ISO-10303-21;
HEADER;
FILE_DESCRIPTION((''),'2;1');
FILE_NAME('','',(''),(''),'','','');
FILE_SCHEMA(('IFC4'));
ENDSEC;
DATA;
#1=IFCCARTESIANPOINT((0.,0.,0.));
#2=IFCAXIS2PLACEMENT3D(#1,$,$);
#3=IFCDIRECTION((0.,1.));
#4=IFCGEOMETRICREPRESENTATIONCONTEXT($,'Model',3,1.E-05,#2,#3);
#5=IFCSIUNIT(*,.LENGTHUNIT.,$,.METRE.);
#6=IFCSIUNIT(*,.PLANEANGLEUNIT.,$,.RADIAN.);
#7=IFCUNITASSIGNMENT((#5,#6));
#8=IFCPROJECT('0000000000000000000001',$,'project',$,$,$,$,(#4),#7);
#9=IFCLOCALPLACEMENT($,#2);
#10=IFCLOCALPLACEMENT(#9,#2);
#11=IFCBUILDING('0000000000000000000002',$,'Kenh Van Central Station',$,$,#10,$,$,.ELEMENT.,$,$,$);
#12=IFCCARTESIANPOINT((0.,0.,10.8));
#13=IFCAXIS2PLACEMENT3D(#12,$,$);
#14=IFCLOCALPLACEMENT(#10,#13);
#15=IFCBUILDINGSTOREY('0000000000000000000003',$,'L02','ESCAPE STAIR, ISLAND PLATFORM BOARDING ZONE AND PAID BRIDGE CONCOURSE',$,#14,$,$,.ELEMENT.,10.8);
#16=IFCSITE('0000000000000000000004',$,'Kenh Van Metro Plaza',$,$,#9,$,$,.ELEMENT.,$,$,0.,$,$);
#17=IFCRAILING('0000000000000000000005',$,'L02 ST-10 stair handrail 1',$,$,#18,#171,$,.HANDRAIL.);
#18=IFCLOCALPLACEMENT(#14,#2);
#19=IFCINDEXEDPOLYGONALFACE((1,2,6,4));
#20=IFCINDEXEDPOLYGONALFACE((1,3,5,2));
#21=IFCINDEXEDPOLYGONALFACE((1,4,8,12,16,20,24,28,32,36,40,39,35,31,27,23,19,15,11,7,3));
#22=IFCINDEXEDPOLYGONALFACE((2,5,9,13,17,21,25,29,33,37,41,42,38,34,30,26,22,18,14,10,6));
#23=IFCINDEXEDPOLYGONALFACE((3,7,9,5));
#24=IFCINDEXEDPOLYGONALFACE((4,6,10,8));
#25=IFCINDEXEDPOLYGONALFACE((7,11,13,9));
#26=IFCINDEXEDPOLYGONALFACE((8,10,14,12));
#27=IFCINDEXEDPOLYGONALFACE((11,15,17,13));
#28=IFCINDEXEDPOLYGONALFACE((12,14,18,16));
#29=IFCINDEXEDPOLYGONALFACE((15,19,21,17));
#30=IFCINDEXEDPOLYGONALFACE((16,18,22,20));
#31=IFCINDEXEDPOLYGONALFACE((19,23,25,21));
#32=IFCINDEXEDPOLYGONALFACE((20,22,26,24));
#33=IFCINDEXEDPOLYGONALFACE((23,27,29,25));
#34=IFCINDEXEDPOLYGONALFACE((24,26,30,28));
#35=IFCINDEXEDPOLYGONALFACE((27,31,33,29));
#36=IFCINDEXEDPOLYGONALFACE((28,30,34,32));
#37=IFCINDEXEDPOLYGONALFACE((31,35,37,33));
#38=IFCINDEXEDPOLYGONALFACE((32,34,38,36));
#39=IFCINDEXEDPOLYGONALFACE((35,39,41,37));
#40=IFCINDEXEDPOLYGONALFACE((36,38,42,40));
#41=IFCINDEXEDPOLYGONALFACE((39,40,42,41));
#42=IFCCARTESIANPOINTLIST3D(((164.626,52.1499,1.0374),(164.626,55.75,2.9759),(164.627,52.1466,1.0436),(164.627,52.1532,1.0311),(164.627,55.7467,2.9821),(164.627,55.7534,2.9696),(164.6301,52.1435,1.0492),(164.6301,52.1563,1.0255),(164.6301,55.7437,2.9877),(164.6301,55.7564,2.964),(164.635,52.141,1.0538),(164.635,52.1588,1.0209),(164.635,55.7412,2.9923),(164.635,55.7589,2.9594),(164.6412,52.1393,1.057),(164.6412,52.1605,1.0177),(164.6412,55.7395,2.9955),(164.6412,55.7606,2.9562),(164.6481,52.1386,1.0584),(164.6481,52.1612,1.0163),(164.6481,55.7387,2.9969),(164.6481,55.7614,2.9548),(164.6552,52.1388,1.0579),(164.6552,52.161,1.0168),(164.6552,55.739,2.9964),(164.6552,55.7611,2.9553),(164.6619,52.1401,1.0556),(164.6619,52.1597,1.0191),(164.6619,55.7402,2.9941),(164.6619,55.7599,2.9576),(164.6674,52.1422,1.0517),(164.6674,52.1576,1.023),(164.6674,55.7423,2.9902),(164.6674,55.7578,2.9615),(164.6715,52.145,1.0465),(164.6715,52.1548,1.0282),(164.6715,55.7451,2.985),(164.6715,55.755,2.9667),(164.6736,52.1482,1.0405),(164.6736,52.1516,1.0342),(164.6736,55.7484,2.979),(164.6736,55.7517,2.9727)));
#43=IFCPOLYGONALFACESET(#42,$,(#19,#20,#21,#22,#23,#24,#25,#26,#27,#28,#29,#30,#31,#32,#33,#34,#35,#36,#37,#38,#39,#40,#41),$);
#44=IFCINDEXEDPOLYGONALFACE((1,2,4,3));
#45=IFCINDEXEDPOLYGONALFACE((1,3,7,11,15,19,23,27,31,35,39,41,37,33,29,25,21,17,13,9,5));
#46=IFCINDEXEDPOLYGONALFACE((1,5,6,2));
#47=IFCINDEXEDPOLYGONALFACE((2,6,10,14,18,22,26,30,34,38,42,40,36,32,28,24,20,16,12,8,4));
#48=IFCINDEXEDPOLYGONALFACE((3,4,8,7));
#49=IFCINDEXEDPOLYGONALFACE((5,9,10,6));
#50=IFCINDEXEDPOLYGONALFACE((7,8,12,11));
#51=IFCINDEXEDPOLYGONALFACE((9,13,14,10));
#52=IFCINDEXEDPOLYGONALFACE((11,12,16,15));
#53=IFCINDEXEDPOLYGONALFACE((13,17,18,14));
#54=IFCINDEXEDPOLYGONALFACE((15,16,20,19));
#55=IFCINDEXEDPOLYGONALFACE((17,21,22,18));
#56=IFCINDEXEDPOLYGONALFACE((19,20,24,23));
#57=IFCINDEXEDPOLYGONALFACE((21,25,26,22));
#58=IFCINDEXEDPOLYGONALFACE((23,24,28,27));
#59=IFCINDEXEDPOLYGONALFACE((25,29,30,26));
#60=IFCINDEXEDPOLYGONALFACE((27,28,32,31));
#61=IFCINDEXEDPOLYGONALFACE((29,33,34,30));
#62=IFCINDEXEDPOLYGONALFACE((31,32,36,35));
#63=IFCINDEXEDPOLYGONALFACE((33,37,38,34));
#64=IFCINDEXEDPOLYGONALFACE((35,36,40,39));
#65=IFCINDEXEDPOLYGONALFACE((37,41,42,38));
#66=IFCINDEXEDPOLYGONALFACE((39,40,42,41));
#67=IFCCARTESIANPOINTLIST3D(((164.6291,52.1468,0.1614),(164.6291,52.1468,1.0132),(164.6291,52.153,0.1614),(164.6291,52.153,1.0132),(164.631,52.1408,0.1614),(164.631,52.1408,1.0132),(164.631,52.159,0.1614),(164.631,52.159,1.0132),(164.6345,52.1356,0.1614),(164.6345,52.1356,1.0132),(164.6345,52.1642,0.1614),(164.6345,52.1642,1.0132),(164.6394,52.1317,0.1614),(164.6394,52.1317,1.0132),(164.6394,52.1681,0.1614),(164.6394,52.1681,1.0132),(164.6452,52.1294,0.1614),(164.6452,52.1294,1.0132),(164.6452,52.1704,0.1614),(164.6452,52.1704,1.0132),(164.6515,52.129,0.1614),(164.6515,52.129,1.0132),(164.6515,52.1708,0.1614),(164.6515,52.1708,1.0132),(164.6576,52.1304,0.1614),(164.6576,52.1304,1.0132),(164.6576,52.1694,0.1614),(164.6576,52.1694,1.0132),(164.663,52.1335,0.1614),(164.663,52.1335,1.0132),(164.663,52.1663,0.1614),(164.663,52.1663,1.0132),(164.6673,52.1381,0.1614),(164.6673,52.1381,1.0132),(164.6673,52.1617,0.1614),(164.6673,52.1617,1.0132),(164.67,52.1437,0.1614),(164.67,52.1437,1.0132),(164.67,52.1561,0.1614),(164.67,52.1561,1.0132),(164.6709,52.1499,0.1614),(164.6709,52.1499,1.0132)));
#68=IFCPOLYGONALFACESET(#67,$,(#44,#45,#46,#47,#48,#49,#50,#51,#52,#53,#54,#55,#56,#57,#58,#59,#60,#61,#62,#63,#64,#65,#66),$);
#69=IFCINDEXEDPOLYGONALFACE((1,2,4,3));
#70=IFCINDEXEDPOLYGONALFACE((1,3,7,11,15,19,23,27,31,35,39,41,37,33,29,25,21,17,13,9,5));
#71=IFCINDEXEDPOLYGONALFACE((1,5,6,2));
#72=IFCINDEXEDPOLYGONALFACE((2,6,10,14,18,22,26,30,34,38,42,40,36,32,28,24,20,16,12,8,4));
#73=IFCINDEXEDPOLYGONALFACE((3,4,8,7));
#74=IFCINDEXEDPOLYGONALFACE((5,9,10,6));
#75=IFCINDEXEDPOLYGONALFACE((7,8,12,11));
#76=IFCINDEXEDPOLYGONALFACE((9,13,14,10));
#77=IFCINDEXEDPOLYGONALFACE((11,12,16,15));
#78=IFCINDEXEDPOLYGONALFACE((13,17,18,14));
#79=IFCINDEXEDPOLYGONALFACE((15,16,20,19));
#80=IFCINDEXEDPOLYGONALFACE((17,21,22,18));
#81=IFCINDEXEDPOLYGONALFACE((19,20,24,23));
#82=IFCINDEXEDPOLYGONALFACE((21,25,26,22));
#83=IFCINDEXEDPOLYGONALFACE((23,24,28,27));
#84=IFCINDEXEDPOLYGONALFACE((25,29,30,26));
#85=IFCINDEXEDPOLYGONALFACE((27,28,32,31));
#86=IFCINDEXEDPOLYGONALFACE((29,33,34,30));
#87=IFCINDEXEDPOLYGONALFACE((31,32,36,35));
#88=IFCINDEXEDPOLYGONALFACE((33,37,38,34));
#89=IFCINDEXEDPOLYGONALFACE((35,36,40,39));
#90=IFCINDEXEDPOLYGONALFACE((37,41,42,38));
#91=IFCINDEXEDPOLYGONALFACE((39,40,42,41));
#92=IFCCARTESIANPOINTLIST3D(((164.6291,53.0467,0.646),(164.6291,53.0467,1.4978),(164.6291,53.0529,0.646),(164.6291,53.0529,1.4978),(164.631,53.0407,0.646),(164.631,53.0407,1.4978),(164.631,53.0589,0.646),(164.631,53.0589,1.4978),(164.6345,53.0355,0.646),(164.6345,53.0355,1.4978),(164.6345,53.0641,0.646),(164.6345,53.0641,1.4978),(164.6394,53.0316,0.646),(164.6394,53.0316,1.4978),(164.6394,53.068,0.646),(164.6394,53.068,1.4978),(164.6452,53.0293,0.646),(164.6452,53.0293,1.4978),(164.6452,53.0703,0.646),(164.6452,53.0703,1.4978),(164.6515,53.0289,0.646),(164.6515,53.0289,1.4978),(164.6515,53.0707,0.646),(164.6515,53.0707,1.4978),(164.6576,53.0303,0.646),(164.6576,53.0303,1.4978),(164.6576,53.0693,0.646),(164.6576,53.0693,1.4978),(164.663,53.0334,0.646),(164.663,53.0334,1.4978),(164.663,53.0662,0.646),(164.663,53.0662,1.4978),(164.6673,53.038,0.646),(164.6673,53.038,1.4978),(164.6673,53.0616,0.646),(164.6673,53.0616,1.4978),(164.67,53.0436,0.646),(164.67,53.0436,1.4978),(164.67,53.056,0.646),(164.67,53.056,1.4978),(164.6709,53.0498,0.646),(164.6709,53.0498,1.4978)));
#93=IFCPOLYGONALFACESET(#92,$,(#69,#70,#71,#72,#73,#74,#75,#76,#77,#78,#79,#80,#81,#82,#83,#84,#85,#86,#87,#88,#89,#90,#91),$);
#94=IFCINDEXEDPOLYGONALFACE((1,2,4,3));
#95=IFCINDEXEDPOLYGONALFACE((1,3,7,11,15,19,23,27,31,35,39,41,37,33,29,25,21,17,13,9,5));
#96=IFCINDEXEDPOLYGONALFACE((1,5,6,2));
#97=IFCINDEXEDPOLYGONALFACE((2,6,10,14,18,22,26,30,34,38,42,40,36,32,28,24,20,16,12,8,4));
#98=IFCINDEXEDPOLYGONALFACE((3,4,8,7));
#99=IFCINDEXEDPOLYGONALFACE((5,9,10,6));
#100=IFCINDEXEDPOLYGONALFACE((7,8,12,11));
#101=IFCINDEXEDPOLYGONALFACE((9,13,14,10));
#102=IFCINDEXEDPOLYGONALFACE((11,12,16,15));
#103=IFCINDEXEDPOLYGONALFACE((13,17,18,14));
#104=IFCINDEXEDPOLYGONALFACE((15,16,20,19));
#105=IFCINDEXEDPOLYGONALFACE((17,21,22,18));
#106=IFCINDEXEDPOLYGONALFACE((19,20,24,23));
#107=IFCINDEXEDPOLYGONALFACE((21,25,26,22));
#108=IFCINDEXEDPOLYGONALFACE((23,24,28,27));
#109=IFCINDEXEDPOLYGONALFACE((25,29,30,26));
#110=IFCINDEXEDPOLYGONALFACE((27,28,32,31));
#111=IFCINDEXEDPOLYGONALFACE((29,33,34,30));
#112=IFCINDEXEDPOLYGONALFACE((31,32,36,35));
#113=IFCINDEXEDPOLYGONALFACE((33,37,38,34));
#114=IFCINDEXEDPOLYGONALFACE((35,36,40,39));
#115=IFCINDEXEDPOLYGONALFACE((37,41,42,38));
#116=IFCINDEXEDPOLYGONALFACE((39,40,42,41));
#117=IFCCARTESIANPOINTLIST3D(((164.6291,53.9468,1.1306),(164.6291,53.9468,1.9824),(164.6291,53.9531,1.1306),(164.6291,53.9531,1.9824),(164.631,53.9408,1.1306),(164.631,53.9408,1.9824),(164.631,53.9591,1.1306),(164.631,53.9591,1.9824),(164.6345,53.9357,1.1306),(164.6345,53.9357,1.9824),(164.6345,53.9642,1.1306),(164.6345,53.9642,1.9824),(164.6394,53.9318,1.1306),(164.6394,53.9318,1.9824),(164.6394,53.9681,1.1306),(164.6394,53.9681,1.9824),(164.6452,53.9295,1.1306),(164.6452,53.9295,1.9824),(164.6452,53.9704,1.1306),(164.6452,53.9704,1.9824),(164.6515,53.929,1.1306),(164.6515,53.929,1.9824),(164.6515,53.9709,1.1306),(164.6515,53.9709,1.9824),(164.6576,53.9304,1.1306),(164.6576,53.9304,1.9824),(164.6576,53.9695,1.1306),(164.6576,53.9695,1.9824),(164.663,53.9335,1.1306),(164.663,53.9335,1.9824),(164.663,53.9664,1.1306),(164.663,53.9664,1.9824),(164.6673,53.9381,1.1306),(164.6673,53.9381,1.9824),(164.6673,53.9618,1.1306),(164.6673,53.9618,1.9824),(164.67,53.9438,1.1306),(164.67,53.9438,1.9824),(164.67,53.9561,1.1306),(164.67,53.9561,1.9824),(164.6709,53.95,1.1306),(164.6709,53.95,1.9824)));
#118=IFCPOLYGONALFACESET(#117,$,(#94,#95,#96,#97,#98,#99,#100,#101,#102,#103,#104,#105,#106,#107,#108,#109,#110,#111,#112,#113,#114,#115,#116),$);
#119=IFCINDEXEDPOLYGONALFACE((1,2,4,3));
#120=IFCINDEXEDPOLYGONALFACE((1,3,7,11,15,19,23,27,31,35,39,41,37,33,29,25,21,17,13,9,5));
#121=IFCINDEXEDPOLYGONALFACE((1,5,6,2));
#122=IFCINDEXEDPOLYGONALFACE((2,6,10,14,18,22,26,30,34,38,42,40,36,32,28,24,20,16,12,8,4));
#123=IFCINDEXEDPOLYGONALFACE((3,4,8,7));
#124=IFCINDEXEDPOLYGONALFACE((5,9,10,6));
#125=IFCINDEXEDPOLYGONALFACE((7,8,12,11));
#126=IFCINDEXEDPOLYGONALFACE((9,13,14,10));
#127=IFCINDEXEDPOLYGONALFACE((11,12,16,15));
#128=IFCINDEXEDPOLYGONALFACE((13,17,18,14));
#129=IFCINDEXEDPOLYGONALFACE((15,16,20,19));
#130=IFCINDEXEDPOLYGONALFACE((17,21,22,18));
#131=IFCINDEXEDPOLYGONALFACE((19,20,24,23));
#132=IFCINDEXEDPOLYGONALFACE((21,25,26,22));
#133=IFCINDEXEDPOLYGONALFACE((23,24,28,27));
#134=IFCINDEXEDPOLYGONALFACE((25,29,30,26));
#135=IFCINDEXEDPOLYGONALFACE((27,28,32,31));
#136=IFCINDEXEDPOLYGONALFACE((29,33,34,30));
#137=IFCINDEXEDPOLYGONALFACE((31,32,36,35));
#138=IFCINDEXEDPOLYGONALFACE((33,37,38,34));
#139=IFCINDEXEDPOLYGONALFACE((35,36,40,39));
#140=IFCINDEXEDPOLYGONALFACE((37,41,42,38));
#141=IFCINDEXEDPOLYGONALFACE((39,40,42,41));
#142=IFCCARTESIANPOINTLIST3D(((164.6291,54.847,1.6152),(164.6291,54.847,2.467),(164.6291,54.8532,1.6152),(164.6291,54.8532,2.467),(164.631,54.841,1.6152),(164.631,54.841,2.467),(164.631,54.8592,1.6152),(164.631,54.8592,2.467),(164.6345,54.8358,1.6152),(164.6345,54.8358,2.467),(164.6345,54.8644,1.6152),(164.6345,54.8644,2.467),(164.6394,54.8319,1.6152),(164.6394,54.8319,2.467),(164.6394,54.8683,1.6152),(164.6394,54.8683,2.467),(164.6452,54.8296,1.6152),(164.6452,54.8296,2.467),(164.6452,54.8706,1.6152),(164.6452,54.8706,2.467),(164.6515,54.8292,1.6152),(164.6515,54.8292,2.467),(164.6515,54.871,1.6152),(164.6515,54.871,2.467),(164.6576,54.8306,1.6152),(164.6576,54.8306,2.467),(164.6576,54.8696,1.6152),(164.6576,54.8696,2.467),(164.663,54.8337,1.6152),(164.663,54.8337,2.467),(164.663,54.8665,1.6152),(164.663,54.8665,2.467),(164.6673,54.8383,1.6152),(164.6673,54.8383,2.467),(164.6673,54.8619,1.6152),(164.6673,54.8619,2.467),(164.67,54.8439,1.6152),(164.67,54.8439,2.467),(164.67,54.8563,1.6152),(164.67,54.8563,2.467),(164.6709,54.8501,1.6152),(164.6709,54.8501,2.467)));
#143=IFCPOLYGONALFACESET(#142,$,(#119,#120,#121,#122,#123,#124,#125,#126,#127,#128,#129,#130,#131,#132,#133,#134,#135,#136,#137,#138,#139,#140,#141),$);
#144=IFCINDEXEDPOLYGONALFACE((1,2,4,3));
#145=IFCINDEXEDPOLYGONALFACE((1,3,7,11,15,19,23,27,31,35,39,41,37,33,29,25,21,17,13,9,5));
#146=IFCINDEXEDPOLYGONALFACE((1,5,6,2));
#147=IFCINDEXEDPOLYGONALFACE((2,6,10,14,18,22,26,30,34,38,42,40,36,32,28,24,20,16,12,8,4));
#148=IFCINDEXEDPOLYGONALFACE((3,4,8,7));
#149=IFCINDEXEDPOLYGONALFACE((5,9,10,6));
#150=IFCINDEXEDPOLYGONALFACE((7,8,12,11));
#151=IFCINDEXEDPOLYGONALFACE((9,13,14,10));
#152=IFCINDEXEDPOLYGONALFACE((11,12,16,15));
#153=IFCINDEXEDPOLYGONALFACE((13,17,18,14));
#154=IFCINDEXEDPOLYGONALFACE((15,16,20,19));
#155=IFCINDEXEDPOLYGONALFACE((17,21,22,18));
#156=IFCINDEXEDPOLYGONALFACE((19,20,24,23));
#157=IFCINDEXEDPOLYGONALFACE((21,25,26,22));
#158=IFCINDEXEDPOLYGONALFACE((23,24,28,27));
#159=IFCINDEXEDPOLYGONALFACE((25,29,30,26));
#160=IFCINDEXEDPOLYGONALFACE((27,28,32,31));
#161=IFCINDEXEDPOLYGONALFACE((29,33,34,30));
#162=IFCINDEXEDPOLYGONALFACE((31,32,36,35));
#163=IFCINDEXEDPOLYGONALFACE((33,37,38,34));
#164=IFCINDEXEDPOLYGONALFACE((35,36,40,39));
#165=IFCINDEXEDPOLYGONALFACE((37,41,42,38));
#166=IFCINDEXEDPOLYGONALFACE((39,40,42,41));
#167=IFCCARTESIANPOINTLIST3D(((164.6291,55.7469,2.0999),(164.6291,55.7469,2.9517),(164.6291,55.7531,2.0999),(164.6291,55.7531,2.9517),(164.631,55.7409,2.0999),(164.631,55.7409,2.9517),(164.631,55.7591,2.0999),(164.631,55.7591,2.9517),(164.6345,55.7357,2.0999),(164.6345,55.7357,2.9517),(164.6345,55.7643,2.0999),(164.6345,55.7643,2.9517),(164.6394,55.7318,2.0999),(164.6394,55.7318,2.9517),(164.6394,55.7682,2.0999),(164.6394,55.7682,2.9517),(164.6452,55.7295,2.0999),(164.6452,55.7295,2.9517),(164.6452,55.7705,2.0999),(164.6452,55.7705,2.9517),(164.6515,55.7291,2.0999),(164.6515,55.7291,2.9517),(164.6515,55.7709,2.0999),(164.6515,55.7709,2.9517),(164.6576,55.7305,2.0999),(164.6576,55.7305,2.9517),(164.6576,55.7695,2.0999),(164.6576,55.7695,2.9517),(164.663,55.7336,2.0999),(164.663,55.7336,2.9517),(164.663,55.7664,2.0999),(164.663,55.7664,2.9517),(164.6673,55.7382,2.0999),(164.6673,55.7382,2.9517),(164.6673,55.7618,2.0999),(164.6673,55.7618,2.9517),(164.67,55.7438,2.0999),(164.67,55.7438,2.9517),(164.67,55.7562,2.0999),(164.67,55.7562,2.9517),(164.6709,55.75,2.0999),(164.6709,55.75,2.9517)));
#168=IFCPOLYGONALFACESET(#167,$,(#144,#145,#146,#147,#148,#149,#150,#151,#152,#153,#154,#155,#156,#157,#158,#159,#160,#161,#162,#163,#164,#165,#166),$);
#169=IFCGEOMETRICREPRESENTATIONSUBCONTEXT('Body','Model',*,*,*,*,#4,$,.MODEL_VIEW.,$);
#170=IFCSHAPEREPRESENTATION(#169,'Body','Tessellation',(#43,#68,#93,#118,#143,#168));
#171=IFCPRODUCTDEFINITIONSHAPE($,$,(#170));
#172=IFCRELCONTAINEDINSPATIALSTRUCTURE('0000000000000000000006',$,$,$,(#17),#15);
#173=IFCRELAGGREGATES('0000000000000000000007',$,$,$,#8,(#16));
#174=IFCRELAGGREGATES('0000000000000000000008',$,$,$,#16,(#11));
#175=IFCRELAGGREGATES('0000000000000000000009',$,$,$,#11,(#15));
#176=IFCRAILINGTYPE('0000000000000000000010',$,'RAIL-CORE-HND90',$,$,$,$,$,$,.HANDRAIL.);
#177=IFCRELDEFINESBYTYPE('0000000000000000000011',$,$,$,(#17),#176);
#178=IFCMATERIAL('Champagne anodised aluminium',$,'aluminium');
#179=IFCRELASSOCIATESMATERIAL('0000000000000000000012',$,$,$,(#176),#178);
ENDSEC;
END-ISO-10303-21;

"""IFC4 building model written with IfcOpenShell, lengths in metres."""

from ifc_helpers import new_model, si_unit, direction, frame, origin, origin_2d, place, context, subcontext, project, spatial, circle, extrude, material, type_object, element, save


model = new_model("IFC4")

# Units and contexts
model_context = context("Model", 3, precision=1e-05, world=origin(), true_north=direction((0.0, 1.0)))
body_context = subcontext(model_context, "Body", "Model", "MODEL_VIEW")
ifc_project = project(units=[si_unit("LENGTHUNIT", "METRE"), si_unit("PLANEANGLEUNIT", "RADIAN")], contexts=[model_context])

# Site, building, storey
site_placement = place(None, origin())
site = spatial("IfcSite", under=ifc_project, at=site_placement, Name="Kenh Van Metro Plaza", CompositionType="ELEMENT", RefElevation=0.0)
building_placement = place(site_placement, origin())
building = spatial("IfcBuilding", under=site, at=building_placement, Name="Kenh Van Central Station", CompositionType="ELEMENT")
storey_placement = place(building_placement, frame((0.0, 0.0, 10.8)))
storey = spatial("IfcBuildingStorey", under=building, at=storey_placement, Name="L02", Description="ESCAPE STAIR, ISLAND PLATFORM BOARDING ZONE AND PAID BRIDGE CONCOURSE", CompositionType="ELEMENT", Elevation=10.8)

# Shared definitions
ifc_material_1 = material(Name="Champagne anodised aluminium", Category="aluminium")

# Railing
railing_type_1 = type_object("IfcRailingType", Name="RAIL-CORE-HND90", PredefinedType="HANDRAIL", material=ifc_material_1)
railing_1_placement = place(storey_placement, frame((164.6499, 52.1499, 0.1614)))
element("IfcRailing", 1, at=railing_1_placement, inside=storey, type_object=railing_type_1, Name="L02 ST-10 stair handrail 1", PredefinedType="HANDRAIL", context=body_context, shape_type="SweptSolid", body=[
    extrude(circle(Radius=0.0239, at=origin_2d()), frame((0.0, 0.0, 0.876), z_axis=(0.0, 0.880475, 0.474093), x_axis=(-1.0, 0.0, 0.0)), (0.0, 0.0, 1.0), 4.0889),
    extrude(circle(Radius=0.021, at=origin_2d()), origin(), (0.0, 0.0, 1.0), 0.8518),
    extrude(circle(Radius=0.021, at=origin_2d()), frame((0.0, 0.8999, 0.4846)), (0.0, 0.0, 1.0), 0.8518),
    extrude(circle(Radius=0.021, at=origin_2d()), frame((0.0, 1.8, 0.9692)), (0.0, 0.0, 1.0), 0.8518),
    extrude(circle(Radius=0.021, at=origin_2d()), frame((0.0, 2.7002, 1.4539)), (0.0, 0.0, 1.0), 0.8518),
    extrude(circle(Radius=0.021, at=origin_2d()), frame((0.0, 3.6001, 1.9385)), (0.0, 0.0, 1.0), 0.8518),
])

save(model, "model.ifc")
